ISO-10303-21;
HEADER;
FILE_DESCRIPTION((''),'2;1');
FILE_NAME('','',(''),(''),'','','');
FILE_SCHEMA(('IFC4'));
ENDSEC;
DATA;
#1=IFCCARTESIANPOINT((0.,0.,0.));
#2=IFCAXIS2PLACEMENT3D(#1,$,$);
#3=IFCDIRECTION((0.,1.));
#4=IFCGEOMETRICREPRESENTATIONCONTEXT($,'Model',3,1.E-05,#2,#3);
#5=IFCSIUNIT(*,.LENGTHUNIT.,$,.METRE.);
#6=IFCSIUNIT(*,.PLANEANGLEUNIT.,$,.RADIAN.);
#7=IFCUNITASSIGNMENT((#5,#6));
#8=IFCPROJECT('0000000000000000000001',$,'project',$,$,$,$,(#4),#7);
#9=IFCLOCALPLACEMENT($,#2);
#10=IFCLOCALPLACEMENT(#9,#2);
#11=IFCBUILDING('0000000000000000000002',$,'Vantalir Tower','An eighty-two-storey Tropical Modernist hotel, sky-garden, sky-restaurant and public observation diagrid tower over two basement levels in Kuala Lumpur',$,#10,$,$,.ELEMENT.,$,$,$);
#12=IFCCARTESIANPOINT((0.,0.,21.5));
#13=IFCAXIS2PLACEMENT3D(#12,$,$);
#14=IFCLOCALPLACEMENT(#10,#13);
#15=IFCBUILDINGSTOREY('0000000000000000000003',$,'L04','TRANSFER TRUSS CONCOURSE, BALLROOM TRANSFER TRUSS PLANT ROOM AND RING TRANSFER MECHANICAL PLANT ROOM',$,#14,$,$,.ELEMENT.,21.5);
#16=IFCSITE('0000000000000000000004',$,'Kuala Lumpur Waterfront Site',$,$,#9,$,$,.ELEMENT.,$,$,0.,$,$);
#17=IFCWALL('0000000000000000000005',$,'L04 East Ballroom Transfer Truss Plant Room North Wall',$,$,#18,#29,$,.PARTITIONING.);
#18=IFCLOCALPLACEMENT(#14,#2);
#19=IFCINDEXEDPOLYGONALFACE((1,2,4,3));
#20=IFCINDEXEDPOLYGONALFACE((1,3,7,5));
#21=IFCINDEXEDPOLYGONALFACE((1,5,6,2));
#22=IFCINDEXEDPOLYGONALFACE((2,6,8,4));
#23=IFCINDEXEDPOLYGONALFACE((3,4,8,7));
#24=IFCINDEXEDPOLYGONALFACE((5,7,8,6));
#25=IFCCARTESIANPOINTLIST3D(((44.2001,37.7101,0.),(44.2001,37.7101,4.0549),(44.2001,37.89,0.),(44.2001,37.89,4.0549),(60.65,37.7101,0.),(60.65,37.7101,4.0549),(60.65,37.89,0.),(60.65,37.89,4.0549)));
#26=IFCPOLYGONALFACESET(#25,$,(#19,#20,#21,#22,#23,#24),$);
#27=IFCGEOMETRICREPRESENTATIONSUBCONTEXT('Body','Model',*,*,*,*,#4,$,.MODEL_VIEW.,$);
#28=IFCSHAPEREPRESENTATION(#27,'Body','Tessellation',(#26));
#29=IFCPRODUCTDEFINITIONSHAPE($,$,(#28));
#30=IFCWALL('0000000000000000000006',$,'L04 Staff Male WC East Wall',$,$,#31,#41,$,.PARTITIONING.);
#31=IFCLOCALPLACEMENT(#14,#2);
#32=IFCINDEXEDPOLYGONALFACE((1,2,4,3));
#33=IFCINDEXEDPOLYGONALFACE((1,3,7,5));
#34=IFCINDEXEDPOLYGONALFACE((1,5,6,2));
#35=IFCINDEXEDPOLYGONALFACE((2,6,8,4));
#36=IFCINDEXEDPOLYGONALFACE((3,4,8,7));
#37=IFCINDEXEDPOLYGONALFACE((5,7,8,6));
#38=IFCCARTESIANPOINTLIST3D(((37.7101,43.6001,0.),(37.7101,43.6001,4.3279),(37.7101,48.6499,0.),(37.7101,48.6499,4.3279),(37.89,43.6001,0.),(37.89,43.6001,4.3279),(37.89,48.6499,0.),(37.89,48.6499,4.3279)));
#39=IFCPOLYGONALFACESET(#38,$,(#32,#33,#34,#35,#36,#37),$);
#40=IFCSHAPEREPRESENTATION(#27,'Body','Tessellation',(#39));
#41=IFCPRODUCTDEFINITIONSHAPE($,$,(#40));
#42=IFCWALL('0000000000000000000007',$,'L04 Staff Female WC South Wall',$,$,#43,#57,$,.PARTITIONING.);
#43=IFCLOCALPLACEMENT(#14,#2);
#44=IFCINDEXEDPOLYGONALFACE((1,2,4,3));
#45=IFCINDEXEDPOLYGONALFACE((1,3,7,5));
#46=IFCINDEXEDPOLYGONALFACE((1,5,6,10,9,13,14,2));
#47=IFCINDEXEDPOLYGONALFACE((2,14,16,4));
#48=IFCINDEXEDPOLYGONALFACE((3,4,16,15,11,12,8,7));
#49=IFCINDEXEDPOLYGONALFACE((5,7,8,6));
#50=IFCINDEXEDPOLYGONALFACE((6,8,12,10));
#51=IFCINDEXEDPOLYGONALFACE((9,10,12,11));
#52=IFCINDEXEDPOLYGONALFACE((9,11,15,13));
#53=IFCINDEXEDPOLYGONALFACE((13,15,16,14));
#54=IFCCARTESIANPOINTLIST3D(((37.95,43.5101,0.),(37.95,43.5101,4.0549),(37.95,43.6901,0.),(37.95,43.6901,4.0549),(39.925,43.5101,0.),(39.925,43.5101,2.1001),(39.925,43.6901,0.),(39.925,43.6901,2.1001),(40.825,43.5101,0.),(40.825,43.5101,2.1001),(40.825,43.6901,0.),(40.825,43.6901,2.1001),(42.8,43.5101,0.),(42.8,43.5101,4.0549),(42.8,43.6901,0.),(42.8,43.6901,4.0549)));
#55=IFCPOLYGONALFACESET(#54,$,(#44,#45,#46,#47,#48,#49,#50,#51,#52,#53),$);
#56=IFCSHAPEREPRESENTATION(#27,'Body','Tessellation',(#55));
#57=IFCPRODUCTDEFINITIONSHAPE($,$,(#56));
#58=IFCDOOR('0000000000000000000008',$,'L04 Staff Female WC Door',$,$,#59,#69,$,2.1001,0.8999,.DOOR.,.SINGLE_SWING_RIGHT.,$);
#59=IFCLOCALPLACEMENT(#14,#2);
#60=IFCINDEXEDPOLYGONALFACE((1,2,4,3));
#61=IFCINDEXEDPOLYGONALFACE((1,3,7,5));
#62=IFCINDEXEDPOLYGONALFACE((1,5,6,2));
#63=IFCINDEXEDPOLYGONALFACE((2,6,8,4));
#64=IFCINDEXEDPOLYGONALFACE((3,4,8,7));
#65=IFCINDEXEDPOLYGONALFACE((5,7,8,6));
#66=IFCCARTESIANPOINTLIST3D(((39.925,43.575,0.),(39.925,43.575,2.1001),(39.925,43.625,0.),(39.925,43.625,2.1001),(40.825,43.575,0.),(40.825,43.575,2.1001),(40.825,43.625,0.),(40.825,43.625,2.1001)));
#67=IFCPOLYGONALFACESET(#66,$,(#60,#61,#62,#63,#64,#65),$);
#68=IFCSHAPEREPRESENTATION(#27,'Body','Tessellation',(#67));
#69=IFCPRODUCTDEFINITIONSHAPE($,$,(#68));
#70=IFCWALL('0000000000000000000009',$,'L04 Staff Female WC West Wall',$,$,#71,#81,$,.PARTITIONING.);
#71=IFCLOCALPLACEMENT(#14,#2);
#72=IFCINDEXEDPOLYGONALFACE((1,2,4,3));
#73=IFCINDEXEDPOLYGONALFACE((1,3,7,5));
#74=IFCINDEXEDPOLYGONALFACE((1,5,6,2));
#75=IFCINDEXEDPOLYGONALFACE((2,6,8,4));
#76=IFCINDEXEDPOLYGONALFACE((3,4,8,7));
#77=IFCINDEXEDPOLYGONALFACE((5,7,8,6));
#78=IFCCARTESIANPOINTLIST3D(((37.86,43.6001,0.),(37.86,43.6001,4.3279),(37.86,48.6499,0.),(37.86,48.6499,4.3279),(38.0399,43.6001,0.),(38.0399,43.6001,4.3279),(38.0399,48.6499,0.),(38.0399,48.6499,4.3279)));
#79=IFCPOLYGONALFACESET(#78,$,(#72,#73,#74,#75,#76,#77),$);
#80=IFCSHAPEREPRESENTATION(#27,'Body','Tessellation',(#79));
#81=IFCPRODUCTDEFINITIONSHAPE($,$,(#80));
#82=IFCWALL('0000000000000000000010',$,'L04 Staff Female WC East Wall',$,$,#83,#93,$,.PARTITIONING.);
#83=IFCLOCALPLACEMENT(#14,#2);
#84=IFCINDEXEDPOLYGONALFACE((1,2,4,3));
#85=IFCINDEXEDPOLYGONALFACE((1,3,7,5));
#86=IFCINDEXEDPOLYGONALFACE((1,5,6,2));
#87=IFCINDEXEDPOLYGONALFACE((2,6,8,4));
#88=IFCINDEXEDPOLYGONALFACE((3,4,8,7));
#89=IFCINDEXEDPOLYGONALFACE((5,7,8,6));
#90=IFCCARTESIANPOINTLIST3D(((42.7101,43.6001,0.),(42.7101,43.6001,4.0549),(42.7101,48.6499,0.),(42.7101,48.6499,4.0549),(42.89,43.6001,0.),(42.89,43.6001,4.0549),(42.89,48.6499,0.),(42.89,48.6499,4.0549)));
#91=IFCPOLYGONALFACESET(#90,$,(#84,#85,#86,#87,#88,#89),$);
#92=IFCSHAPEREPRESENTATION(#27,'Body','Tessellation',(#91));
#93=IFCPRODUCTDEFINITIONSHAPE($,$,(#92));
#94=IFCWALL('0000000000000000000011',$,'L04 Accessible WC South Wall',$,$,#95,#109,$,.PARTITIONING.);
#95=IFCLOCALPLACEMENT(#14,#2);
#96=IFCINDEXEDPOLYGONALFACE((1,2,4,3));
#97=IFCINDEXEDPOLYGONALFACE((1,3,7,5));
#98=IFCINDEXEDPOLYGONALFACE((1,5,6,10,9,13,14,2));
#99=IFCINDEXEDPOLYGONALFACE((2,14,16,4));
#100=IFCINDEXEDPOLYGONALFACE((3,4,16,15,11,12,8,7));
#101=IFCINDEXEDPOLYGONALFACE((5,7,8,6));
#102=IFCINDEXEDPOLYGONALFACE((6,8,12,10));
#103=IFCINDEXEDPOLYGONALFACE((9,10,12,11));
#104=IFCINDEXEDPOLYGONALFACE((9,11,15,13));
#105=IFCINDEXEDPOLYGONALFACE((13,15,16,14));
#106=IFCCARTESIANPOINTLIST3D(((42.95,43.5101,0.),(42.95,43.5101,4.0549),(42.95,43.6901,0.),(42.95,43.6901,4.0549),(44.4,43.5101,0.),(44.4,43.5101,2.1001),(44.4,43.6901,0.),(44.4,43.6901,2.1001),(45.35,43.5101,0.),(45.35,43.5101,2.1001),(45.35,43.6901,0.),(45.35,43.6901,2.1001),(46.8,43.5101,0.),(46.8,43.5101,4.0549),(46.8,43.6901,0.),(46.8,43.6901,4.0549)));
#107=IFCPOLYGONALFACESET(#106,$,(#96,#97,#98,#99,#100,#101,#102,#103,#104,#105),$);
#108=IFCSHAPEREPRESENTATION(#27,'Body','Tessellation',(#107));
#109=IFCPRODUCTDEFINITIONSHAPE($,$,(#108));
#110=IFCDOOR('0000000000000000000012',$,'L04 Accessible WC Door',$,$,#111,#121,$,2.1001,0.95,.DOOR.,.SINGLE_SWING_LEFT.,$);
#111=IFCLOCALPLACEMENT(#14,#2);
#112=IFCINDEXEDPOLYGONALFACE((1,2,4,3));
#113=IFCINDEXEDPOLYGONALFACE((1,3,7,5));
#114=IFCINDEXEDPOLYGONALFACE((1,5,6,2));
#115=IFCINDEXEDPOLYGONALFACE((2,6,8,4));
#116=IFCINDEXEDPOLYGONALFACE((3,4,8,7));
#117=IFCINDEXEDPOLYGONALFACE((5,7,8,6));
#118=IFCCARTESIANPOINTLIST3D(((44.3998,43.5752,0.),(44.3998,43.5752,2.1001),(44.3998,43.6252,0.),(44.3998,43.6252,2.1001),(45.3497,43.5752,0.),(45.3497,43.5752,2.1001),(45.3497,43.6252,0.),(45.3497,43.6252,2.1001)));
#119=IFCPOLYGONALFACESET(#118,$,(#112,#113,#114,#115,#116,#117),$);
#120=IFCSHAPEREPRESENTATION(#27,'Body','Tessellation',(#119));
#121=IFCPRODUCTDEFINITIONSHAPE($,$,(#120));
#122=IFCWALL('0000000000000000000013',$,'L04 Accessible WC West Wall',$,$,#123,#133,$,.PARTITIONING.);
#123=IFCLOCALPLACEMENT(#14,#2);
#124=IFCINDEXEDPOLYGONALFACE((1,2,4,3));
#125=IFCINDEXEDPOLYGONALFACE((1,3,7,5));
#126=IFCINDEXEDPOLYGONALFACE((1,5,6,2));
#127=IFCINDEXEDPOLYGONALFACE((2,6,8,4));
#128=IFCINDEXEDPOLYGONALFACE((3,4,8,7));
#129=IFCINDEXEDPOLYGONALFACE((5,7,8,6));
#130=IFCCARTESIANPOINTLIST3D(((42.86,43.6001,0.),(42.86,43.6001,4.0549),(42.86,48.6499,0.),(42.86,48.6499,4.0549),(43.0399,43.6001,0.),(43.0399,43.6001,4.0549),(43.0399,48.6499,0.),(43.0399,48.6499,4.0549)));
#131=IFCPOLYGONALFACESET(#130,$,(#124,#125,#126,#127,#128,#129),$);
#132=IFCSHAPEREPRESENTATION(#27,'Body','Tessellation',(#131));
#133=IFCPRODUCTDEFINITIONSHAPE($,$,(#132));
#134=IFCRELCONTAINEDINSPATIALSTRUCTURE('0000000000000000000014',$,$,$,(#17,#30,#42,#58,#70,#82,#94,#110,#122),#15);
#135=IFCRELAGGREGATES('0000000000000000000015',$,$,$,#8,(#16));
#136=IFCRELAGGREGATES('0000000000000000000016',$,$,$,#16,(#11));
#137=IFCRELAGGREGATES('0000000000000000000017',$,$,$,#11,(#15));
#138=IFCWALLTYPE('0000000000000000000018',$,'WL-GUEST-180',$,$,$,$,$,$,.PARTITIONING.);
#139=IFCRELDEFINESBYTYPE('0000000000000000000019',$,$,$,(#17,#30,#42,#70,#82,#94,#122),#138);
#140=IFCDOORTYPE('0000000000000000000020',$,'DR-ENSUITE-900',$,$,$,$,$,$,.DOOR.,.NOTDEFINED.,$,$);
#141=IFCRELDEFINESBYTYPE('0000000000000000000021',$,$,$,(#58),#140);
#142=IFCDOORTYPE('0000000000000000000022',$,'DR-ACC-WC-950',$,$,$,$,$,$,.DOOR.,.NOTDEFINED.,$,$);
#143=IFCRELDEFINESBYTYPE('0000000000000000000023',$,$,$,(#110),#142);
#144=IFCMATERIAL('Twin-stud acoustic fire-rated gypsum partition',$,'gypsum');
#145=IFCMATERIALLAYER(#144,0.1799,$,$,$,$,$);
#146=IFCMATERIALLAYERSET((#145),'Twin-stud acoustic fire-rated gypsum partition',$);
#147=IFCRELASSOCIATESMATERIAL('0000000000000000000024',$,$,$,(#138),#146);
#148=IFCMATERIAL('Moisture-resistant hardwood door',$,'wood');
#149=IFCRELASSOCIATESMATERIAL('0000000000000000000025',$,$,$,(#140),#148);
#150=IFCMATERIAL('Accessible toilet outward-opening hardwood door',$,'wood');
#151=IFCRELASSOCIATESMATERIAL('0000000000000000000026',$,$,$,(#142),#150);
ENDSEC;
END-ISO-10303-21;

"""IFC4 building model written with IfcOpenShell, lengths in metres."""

from ifc_helpers import new_model, si_unit, direction, frame, frame_2d, origin, place, context, subcontext, project, spatial, rectangle, extrude, material, layer, layer_set, type_object, element, fill, save


model = new_model("IFC4")

# Units and contexts
model_context = context("Model", 3, precision=1e-05, world=origin(), true_north=direction((0.0, 1.0)))
body_context = subcontext(model_context, "Body", "Model", "MODEL_VIEW")
ifc_project = project(units=[si_unit("LENGTHUNIT", "METRE"), si_unit("PLANEANGLEUNIT", "RADIAN")], contexts=[model_context])

# Site, building, storey
site_placement = place(None, origin())
site = spatial("IfcSite", under=ifc_project, at=site_placement, Name="Kuala Lumpur Waterfront Site", CompositionType="ELEMENT", RefElevation=0.0)
building_placement = place(site_placement, origin())
building = spatial("IfcBuilding", under=site, at=building_placement, Name="Vantalir Tower", Description="An eighty-two-storey Tropical Modernist hotel, sky-garden, sky-restaurant and public observation diagrid tower over two basement levels in Kuala Lumpur", CompositionType="ELEMENT")
storey_placement = place(building_placement, frame((0.0, 0.0, 21.5)))
storey = spatial("IfcBuildingStorey", under=building, at=storey_placement, Name="L04", Description="TRANSFER TRUSS CONCOURSE, BALLROOM TRANSFER TRUSS PLANT ROOM AND RING TRANSFER MECHANICAL PLANT ROOM", CompositionType="ELEMENT", Elevation=21.5)

# Walls
ifc_material_1 = material(Name="Twin-stud acoustic fire-rated gypsum partition", Category="gypsum")
ifc_layer_1 = layer(ifc_material_1, 0.1799)
ifc_layer_set_1 = layer_set([ifc_layer_1], Name="Twin-stud acoustic fire-rated gypsum partition")
wall_type = type_object("IfcWallType", Name="WL-GUEST-180", PredefinedType="PARTITIONING", material=ifc_layer_set_1)
wall_1_placement = place(storey_placement, frame((44.2, 37.8, 0.0), z_axis=(0.0, 0.0, 1.0), x_axis=(1.0, 0.0, 0.0)))
element("IfcWall", 1, at=wall_1_placement, inside=storey, type_object=wall_type, Name="L04 East Ballroom Transfer Truss Plant Room North Wall", PredefinedType="PARTITIONING", context=body_context, shape_type="SweptSolid", body=[
    extrude(rectangle(XDim=16.45, YDim=0.1799, at=frame_2d((8.2251, 0.0))), origin(), (0.0, 0.0, 1.0), 4.0549),
])
wall_2_placement = place(storey_placement, frame((37.8, 43.6001, 0.0), z_axis=(0.0, 0.0, 1.0), x_axis=(0.0, 1.0, 0.0)))
element("IfcWall", 2, at=wall_2_placement, inside=storey, type_object=wall_type, Name="L04 Staff Male WC East Wall", PredefinedType="PARTITIONING", context=body_context, shape_type="SweptSolid", body=[
    extrude(rectangle(XDim=5.0498, YDim=0.1799, at=frame_2d((2.5249, 0.0))), origin(), (0.0, 0.0, 1.0), 4.3279),
])

# Wall, opening, door
wall_3_placement = place(storey_placement, frame((37.95, 43.6001, 0.0), z_axis=(0.0, 0.0, 1.0), x_axis=(1.0, 0.0, 0.0)))
wall_3 = element("IfcWall", 3, at=wall_3_placement, inside=storey, type_object=wall_type, Name="L04 Staff Female WC South Wall", PredefinedType="PARTITIONING", context=body_context, shape_type="SweptSolid", body=[
    extrude(rectangle(XDim=4.8501, YDim=0.1799, at=frame_2d((2.425, 0.0))), origin(), (0.0, 0.0, 1.0), 4.0549),
])
opening_1_placement = place(wall_3_placement, frame((1.9751, 0.0, 0.0)))
opening_1 = element("IfcOpeningElement", 4, at=opening_1_placement, cuts=wall_3, PredefinedType="OPENING", context=body_context, shape_type="SweptSolid", body=[
    extrude(rectangle(XDim=0.8999, YDim=2.1001, at=frame_2d((0.45, 1.05))), frame((0.0, 0.0999, 0.0), z_axis=(0.0, -1.0, 0.0), x_axis=(1.0, 0.0, 0.0)), (0.0, 0.0, 1.0), 0.2),
])
ifc_material_2 = material(Name="Moisture-resistant hardwood door", Category="wood")
door_type_1 = type_object("IfcDoorType", Name="DR-ENSUITE-900", OperationType="NOTDEFINED", PredefinedType="DOOR", material=ifc_material_2)
door_1_placement = place(opening_1_placement, origin())
door_1 = element("IfcDoor", 5, at=door_1_placement, inside=storey, type_object=door_type_1, Name="L04 Staff Female WC Door", OperationType="SINGLE_SWING_RIGHT", OverallHeight=2.1001, OverallWidth=0.8999, PredefinedType="DOOR", context=body_context, shape_type="SweptSolid", body=[
    extrude(rectangle(XDim=0.8999, YDim=2.1001, at=frame_2d((0.45, 1.05))), frame((0.0, 0.0249, 0.0), z_axis=(0.0, -1.0, 0.0), x_axis=(1.0, 0.0, 0.0)), (0.0, 0.0, 1.0), 0.05),
])
fill(opening_1, door_1)

# Walls
wall_4_placement = place(storey_placement, frame((37.95, 43.6001, 0.0), z_axis=(0.0, 0.0, 1.0), x_axis=(0.0, 1.0, 0.0)))
element("IfcWall", 6, at=wall_4_placement, inside=storey, type_object=wall_type, Name="L04 Staff Female WC West Wall", PredefinedType="PARTITIONING", context=body_context, shape_type="SweptSolid", body=[
    extrude(rectangle(XDim=5.0498, YDim=0.1799, at=frame_2d((2.5249, 0.0))), origin(), (0.0, 0.0, 1.0), 4.3279),
])
wall_5_placement = place(storey_placement, frame((42.8, 43.6001, 0.0), z_axis=(0.0, 0.0, 1.0), x_axis=(0.0, 1.0, 0.0)))
element("IfcWall", 7, at=wall_5_placement, inside=storey, type_object=wall_type, Name="L04 Staff Female WC East Wall", PredefinedType="PARTITIONING", context=body_context, shape_type="SweptSolid", body=[
    extrude(rectangle(XDim=5.0498, YDim=0.1799, at=frame_2d((2.5249, 0.0))), origin(), (0.0, 0.0, 1.0), 4.0549),
])

# Wall, opening, door
wall_6_placement = place(storey_placement, frame((42.95, 43.6001, 0.0), z_axis=(0.0, 0.0, 1.0), x_axis=(1.0, 0.0, 0.0)))
wall_6 = element("IfcWall", 8, at=wall_6_placement, inside=storey, type_object=wall_type, Name="L04 Accessible WC South Wall", PredefinedType="PARTITIONING", context=body_context, shape_type="SweptSolid", body=[
    extrude(rectangle(XDim=3.8501, YDim=0.1799, at=frame_2d((1.925, 0.0))), origin(), (0.0, 0.0, 1.0), 4.0549),
])
opening_2_placement = place(wall_6_placement, frame((1.45, 0.0, 0.0)))
opening_2 = element("IfcOpeningElement", 9, at=opening_2_placement, cuts=wall_6, PredefinedType="OPENING", context=body_context, shape_type="SweptSolid", body=[
    extrude(rectangle(XDim=0.95, YDim=2.1001, at=frame_2d((0.4751, 1.05))), frame((0.0, 0.0999, 0.0), z_axis=(0.0, -1.0, 0.0), x_axis=(1.0, 0.0, 0.0)), (0.0, 0.0, 1.0), 0.2),
])
ifc_material_3 = material(Name="Accessible toilet outward-opening hardwood door", Category="wood")
door_type_2 = type_object("IfcDoorType", Name="DR-ACC-WC-950", OperationType="NOTDEFINED", PredefinedType="DOOR", material=ifc_material_3)
door_2_placement = place(opening_2_placement, frame((0.95, 0.0, 0.0), z_axis=(0.0, 0.0, 1.0), x_axis=(-1.0, 0.0, 0.0)))
door_2 = element("IfcDoor", 10, at=door_2_placement, inside=storey, type_object=door_type_2, Name="L04 Accessible WC Door", OperationType="SINGLE_SWING_LEFT", OverallHeight=2.1001, OverallWidth=0.95, PredefinedType="DOOR", context=body_context, shape_type="SweptSolid", body=[
    extrude(rectangle(XDim=0.95, YDim=2.1001, at=frame_2d((0.4751, 1.05))), frame((0.0, 0.0249, 0.0), z_axis=(0.0, -1.0, 0.0), x_axis=(1.0, 0.0, 0.0)), (0.0, 0.0, 1.0), 0.05),
])
fill(opening_2, door_2)

# Wall
wall_7_placement = place(storey_placement, frame((42.95, 43.6001, 0.0), z_axis=(0.0, 0.0, 1.0), x_axis=(0.0, 1.0, 0.0)))
element("IfcWall", 11, at=wall_7_placement, inside=storey, type_object=wall_type, Name="L04 Accessible WC West Wall", PredefinedType="PARTITIONING", context=body_context, shape_type="SweptSolid", body=[
    extrude(rectangle(XDim=5.0498, YDim=0.1799, at=frame_2d((2.5249, 0.0))), origin(), (0.0, 0.0, 1.0), 4.0549),
])

save(model, "model.ifc")
